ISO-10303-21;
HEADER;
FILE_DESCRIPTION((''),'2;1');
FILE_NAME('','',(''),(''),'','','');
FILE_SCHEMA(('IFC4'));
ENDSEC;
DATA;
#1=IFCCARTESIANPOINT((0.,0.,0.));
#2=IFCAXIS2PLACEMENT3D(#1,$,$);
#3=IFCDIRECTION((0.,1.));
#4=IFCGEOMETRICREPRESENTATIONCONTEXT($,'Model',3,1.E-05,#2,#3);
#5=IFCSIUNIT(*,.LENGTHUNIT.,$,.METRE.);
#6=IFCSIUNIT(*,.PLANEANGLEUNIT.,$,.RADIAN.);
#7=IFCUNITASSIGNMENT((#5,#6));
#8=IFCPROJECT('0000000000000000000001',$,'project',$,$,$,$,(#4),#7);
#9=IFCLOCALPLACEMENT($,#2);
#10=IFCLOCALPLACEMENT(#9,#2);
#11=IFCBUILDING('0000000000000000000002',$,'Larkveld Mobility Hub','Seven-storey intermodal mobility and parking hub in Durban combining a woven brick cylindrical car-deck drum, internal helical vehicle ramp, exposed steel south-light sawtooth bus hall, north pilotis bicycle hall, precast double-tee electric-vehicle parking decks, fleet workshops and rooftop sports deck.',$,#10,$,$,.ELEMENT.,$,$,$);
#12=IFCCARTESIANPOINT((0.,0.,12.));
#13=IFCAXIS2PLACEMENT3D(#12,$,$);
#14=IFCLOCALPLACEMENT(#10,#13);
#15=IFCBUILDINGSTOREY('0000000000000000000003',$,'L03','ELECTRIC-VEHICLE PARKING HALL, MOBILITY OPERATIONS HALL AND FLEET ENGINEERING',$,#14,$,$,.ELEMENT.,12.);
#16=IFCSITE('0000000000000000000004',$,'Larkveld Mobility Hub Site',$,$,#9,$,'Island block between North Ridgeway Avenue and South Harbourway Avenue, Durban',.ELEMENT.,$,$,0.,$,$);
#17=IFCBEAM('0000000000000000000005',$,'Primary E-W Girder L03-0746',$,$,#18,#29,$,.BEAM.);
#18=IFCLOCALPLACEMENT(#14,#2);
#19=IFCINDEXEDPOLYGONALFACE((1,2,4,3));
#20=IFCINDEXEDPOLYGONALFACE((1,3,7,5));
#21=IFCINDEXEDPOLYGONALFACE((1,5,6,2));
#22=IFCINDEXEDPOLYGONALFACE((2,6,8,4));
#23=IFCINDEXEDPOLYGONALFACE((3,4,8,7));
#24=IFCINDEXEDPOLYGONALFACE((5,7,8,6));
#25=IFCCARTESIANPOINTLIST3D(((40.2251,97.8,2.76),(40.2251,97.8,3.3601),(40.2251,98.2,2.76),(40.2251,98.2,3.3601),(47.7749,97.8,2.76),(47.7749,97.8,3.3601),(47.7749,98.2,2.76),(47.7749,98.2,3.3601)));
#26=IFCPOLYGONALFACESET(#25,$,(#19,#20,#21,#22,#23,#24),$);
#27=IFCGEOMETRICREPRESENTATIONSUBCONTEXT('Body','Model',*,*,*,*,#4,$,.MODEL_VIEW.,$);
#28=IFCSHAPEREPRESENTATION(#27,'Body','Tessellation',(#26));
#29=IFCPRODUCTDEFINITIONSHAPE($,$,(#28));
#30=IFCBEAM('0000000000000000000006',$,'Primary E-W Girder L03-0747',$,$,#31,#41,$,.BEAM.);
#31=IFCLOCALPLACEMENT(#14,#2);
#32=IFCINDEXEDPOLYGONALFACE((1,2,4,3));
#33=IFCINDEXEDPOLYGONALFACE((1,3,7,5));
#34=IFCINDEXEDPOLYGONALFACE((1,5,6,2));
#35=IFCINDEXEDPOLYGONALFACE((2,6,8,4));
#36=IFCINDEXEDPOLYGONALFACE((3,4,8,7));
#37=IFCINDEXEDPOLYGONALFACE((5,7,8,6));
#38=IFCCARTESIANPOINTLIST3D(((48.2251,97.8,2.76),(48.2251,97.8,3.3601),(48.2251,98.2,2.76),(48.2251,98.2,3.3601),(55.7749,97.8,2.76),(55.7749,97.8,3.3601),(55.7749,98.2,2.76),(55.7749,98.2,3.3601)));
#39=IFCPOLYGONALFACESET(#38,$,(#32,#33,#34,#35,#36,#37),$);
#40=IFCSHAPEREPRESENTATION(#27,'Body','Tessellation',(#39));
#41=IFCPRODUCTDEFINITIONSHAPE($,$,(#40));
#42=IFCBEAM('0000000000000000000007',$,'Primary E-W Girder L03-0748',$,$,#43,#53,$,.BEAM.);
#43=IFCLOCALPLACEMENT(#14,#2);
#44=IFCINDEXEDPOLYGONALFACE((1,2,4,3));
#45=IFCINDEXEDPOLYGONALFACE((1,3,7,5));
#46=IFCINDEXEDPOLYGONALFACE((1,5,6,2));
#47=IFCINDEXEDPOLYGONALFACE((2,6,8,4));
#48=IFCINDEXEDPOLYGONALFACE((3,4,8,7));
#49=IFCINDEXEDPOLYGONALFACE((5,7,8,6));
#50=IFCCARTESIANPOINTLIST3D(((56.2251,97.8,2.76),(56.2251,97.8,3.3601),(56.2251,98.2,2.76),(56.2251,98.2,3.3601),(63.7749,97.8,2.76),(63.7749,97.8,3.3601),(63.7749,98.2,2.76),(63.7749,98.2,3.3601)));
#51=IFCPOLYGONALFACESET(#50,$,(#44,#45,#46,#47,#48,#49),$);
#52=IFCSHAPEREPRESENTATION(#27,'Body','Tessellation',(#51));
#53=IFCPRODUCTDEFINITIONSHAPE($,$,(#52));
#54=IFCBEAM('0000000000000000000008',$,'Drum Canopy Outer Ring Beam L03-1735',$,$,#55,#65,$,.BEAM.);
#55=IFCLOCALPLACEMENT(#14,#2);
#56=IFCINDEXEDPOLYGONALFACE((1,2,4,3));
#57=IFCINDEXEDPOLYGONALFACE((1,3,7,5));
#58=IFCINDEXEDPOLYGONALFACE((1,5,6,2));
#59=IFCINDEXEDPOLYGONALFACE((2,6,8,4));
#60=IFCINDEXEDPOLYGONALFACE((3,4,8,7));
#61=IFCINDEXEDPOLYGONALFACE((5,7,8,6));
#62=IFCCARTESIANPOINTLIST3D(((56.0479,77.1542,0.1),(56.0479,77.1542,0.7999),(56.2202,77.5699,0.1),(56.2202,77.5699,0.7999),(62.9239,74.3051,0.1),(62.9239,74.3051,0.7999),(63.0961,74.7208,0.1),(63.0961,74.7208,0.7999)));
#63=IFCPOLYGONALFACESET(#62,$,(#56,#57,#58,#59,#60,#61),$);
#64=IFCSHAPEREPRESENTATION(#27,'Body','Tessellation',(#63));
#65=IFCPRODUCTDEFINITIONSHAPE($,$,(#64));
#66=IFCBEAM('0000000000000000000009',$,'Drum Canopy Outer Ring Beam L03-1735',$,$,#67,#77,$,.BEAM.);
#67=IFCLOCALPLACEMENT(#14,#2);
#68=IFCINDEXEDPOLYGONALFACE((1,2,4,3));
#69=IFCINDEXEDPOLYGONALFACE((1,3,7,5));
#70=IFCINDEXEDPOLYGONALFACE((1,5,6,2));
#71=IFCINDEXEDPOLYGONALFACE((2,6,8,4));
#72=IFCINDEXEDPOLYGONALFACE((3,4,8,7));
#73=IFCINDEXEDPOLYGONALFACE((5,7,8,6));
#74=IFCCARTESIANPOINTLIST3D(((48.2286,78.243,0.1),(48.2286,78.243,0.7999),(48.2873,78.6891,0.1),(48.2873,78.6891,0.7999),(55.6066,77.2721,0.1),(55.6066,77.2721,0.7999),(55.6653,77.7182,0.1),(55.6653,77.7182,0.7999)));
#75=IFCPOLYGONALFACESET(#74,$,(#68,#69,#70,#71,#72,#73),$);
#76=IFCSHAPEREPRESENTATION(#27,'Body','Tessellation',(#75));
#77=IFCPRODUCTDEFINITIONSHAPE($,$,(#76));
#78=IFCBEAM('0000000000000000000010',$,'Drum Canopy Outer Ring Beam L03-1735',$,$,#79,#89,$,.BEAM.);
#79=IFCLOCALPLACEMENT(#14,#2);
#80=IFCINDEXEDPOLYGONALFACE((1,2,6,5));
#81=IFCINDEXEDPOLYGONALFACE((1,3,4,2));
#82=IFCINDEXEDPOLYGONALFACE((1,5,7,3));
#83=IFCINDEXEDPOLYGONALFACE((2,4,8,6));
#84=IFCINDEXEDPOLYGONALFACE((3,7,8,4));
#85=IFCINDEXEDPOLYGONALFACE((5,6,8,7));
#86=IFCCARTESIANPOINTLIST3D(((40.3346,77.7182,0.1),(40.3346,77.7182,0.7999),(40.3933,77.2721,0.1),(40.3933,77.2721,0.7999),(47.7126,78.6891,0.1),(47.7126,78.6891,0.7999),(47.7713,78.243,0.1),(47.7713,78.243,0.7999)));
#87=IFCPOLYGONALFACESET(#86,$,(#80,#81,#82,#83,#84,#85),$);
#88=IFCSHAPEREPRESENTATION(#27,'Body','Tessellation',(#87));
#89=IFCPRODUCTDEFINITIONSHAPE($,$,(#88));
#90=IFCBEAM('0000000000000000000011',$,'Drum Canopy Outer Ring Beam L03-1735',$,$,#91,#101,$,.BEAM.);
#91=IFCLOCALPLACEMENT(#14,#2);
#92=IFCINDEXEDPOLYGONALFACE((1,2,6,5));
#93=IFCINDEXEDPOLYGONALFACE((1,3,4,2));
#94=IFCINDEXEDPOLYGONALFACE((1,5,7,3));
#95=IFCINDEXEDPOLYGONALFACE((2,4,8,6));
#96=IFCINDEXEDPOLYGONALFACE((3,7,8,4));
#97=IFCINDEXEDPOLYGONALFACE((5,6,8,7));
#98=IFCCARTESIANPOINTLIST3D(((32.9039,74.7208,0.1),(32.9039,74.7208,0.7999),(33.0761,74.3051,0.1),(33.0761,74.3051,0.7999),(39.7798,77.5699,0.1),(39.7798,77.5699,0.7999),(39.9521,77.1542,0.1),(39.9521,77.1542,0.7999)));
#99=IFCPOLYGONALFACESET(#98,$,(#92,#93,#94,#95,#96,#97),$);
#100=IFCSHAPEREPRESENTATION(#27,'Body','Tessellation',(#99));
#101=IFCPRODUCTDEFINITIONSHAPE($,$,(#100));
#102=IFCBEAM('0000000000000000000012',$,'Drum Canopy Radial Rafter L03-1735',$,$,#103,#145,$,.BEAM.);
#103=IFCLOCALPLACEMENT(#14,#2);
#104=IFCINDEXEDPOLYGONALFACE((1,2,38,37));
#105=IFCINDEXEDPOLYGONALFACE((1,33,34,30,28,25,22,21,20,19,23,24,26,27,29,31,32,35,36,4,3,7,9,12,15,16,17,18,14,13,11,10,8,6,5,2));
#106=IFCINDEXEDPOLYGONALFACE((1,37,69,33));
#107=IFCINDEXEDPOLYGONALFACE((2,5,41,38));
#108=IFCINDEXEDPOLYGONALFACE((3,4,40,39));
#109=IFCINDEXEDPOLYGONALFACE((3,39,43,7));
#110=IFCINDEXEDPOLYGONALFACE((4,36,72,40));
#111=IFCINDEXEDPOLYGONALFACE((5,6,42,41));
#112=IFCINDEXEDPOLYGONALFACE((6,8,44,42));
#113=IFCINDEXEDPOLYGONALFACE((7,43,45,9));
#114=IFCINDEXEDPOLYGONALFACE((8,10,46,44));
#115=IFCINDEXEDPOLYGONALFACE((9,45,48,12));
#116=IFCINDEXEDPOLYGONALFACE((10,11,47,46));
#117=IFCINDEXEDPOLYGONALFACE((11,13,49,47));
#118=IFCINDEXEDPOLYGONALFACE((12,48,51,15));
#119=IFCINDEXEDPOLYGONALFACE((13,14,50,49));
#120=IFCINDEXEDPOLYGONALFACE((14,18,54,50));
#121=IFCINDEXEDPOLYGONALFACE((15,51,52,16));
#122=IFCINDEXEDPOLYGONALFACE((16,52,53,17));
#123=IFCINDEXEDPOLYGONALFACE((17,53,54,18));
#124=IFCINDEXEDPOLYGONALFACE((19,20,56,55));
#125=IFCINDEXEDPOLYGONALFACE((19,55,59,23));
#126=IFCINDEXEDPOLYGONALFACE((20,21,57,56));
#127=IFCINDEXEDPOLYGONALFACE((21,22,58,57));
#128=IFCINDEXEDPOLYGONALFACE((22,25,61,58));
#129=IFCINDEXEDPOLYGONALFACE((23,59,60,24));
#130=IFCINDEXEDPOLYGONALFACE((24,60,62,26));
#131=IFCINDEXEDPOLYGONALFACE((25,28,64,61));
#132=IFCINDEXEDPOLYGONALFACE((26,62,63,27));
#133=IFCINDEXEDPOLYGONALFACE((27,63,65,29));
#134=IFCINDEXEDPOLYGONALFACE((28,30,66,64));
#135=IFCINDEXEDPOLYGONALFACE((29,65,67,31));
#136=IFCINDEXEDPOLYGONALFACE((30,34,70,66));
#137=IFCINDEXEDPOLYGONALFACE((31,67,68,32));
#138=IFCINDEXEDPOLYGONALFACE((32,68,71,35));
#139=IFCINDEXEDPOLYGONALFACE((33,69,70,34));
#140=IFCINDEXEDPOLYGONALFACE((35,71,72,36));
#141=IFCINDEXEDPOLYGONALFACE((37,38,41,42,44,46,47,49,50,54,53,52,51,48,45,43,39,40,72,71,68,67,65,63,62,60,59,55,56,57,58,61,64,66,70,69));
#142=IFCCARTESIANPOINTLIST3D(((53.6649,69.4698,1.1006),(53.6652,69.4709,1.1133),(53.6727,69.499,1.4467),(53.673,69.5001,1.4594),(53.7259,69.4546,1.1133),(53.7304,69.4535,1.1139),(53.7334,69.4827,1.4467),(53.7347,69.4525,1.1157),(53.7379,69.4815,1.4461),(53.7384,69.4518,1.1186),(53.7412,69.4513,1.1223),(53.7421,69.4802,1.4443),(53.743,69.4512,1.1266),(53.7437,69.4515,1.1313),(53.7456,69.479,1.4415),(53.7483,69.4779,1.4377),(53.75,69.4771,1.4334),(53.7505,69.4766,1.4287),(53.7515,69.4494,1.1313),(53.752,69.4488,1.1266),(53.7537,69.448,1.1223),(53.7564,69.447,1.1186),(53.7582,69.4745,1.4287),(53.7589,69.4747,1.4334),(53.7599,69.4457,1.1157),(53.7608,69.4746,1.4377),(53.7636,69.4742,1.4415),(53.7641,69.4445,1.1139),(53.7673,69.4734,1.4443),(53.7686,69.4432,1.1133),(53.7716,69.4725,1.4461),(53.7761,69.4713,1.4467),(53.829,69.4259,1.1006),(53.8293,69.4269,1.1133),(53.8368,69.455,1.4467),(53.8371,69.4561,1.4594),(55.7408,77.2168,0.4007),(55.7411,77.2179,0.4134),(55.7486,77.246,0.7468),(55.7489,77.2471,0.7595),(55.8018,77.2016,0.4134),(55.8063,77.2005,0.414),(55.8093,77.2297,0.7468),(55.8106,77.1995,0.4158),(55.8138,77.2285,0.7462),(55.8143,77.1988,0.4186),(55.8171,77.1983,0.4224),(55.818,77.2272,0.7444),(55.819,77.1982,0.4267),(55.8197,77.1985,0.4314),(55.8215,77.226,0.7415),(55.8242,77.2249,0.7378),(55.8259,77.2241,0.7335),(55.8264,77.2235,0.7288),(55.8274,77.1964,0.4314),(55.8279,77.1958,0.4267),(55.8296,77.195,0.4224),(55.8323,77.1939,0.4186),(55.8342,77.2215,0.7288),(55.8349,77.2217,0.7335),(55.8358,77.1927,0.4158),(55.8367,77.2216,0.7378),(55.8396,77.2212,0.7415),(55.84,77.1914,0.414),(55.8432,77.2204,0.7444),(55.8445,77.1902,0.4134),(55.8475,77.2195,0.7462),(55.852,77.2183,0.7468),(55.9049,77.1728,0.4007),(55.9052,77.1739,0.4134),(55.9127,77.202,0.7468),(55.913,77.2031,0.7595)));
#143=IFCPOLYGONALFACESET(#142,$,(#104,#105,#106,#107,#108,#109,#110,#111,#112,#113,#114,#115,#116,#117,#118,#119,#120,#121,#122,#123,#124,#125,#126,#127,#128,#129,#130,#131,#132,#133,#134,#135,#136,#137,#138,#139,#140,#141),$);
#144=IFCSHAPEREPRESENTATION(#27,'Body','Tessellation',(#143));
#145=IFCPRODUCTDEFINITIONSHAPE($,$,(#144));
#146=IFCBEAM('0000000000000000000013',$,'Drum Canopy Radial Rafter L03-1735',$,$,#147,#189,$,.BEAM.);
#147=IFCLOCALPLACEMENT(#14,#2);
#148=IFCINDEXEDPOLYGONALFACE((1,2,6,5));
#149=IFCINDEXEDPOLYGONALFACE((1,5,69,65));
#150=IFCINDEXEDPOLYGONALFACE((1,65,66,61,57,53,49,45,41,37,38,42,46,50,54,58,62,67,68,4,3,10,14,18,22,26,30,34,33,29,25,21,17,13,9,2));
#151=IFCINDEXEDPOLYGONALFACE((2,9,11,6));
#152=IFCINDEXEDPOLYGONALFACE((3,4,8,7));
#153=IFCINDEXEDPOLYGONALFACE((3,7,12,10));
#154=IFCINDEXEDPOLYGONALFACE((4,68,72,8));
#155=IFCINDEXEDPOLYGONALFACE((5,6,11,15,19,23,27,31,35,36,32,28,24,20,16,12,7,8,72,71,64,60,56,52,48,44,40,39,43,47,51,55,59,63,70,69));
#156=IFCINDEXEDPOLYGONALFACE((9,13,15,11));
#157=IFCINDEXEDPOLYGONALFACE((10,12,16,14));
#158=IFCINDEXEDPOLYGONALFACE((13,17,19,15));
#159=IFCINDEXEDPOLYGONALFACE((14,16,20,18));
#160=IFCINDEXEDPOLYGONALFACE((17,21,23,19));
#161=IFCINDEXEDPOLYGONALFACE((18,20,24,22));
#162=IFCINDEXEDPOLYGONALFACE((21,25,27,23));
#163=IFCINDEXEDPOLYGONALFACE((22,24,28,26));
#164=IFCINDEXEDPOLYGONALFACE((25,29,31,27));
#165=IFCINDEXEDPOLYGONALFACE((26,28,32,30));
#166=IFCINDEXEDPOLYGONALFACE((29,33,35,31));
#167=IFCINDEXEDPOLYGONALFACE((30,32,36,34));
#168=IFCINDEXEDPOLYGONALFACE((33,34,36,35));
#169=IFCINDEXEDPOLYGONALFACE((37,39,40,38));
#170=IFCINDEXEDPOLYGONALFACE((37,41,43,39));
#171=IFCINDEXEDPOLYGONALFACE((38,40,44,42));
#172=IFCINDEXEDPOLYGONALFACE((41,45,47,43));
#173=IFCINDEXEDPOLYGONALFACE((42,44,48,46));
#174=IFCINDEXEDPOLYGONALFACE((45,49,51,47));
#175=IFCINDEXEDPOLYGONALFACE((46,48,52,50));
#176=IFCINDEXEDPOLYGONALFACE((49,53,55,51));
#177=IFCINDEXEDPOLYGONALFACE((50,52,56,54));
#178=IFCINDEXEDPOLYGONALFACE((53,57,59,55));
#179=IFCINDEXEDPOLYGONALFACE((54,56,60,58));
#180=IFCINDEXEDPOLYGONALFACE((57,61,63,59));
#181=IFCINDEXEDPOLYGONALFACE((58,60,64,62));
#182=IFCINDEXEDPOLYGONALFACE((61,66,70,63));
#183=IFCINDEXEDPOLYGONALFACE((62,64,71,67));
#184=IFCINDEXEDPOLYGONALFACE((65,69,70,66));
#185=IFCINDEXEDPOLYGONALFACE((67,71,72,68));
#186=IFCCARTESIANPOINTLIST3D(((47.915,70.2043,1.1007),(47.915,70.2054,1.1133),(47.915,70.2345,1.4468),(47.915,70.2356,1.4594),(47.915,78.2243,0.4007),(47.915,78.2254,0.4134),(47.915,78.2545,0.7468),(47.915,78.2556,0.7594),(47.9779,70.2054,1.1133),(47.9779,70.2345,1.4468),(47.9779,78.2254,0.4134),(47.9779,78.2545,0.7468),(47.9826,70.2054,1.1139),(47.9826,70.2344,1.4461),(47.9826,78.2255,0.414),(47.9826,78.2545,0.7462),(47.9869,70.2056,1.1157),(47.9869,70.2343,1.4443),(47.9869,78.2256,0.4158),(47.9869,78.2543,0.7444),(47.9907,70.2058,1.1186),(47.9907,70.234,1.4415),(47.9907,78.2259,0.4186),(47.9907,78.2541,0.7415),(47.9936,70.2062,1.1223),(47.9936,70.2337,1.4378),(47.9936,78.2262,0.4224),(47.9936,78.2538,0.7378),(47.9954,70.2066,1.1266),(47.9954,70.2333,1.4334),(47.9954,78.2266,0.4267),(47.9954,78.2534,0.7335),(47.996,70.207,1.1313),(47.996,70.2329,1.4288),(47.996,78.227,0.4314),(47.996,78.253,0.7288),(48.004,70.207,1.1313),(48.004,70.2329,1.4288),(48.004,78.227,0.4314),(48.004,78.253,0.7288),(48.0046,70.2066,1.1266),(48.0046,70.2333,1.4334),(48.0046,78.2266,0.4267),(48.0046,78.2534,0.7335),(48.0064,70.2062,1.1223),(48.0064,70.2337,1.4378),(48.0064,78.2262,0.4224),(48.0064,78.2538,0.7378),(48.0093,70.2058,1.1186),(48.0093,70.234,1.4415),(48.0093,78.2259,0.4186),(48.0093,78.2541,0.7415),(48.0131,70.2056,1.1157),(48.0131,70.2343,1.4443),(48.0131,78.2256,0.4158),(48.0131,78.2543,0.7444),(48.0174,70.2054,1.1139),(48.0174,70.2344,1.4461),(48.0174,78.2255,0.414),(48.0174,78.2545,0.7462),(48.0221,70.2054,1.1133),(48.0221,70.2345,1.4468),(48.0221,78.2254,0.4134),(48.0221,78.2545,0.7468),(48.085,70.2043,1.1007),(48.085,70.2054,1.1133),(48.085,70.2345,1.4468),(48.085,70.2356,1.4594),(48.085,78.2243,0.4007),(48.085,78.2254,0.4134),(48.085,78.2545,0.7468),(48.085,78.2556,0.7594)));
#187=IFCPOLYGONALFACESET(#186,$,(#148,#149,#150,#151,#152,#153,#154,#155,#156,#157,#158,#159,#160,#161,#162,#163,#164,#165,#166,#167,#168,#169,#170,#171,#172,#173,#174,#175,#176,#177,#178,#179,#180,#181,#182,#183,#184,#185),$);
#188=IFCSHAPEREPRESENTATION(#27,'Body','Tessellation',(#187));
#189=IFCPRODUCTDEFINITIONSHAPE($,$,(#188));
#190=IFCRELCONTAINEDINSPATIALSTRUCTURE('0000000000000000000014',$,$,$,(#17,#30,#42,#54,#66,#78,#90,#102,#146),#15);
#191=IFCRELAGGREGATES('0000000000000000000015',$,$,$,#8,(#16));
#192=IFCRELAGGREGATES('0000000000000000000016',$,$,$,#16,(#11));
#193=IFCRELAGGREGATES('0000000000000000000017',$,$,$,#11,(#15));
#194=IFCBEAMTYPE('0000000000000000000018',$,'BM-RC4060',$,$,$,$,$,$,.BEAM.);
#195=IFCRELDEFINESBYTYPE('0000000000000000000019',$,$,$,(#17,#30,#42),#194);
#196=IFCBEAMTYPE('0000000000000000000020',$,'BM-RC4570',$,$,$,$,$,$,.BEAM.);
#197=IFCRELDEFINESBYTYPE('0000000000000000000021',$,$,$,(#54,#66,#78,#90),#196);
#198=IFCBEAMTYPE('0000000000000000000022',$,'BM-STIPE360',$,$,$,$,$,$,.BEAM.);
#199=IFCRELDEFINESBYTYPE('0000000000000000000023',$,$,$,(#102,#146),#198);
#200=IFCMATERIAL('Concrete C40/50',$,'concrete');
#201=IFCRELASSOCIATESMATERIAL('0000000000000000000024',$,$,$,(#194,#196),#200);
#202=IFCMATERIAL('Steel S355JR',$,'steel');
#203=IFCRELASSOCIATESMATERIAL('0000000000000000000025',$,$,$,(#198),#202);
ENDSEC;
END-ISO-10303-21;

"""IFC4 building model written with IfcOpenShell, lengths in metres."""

from ifc_helpers import new_model, si_unit, direction, frame, origin, origin_2d, place, context, subcontext, project, spatial, rectangle, i_section, extrude, material, material_profile, profile_set, type_object, element, save


model = new_model("IFC4")

# Units and contexts
model_context = context("Model", 3, precision=1e-05, world=origin(), true_north=direction((0.0, 1.0)))
body_context = subcontext(model_context, "Body", "Model", "MODEL_VIEW")
ifc_project = project(units=[si_unit("LENGTHUNIT", "METRE"), si_unit("PLANEANGLEUNIT", "RADIAN")], contexts=[model_context])

# Site, building, storey
site_placement = place(None, origin())
site = spatial("IfcSite", under=ifc_project, at=site_placement, Name="Larkveld Mobility Hub Site", LongName="Island block between North Ridgeway Avenue and South Harbourway Avenue, Durban", CompositionType="ELEMENT", RefElevation=0.0)
building_placement = place(site_placement, origin())
building = spatial("IfcBuilding", under=site, at=building_placement, Name="Larkveld Mobility Hub", Description="Seven-storey intermodal mobility and parking hub in Durban combining a woven brick cylindrical car-deck drum, internal helical vehicle ramp, exposed steel south-light sawtooth bus hall, north pilotis bicycle hall, precast double-tee electric-vehicle parking decks, fleet workshops and rooftop sports deck.", CompositionType="ELEMENT")
storey_placement = place(building_placement, frame((0.0, 0.0, 12.0)))
storey = spatial("IfcBuildingStorey", under=building, at=storey_placement, Name="L03", Description="ELECTRIC-VEHICLE PARKING HALL, MOBILITY OPERATIONS HALL AND FLEET ENGINEERING", CompositionType="ELEMENT", Elevation=12.0)

# Shared definitions
ifc_material_1 = material(Name="Concrete C40/50", Category="concrete")

# Beams
ifc_material_profile_1 = material_profile(ifc_material_1, rectangle(XDim=0.3999, YDim=0.6001, at=origin_2d()), Name="RC BM 400x600")
ifc_profile_set_1 = profile_set([ifc_material_profile_1], Name="Concrete C40/50")
beam_type_1 = type_object("IfcBeamType", Name="BM-RC4060", PredefinedType="BEAM", material=ifc_profile_set_1)
for number, where, z_axis, x_axis, name in (
    (1, (40.2251, 98.0, 3.0601), (1.0, 0.0, 0.0), (0.0, 1.0, 0.0), "Primary E-W Girder L03-0746"),
    (2, (48.2251, 98.0, 3.0601), (1.0, 0.0, 0.0), (0.0, 1.0, 0.0), "Primary E-W Girder L03-0747"),
    (3, (56.2251, 98.0, 3.0601), (1.0, 0.0, 0.0), (0.0, 1.0, 0.0), "Primary E-W Girder L03-0748"),
):
    element("IfcBeam", number, at=place(storey_placement, frame(where, z_axis=z_axis, x_axis=x_axis)), inside=storey, type_object=beam_type_1, Name=name, PredefinedType="BEAM", context=body_context, shape_type="SweptSolid", body=[
        extrude(rectangle(XDim=0.3999, YDim=0.6001, at=origin_2d()), origin(), (0.0, 0.0, 1.0), 7.5498),
    ])
ifc_material_profile_2 = material_profile(ifc_material_1, rectangle(XDim=0.45, YDim=0.7, at=origin_2d()), Name="RC BM 450x700")
ifc_profile_set_2 = profile_set([ifc_material_profile_2], Name="Concrete C40/50")
beam_type_2 = type_object("IfcBeamType", Name="BM-RC4570", PredefinedType="BEAM", material=ifc_profile_set_2)
beam_1_placement = place(storey_placement, frame((63.01, 74.5129, 0.45), z_axis=(-0.923832, 0.382798, 0.0), x_axis=(-0.382798, -0.923832, 0.0)))
element("IfcBeam", 4, at=beam_1_placement, inside=storey, type_object=beam_type_2, Name="Drum Canopy Outer Ring Beam L03-1735", PredefinedType="BEAM", context=body_context, shape_type="SweptSolid", body=[
    extrude(rectangle(XDim=0.45, YDim=0.7, at=origin_2d()), origin(), (0.0, 0.0, 1.0), 7.4429),
])
for number, where, z_axis, x_axis, name in (
    (5, (55.636, 77.4951, 0.45), (-0.991451, 0.130477, 0.0), (-0.130477, -0.991451, 0.0), "Drum Canopy Outer Ring Beam L03-1735"),
    (6, (47.7419, 78.4661, 0.45), (-0.991451, -0.130477, 0.0), (0.130477, -0.991451, 0.0), "Drum Canopy Outer Ring Beam L03-1735"),
):
    element("IfcBeam", number, at=place(storey_placement, frame(where, z_axis=z_axis, x_axis=x_axis)), inside=storey, type_object=beam_type_2, Name=name, PredefinedType="BEAM", context=body_context, shape_type="SweptSolid", body=[
        extrude(rectangle(XDim=0.45, YDim=0.7, at=origin_2d()), origin(), (0.0, 0.0, 1.0), 7.4417),
    ])
beam_2_placement = place(storey_placement, frame((39.866, 77.3621, 0.45), z_axis=(-0.923832, -0.382798, 0.0), x_axis=(0.382798, -0.923832, 0.0)))
element("IfcBeam", 7, at=beam_2_placement, inside=storey, type_object=beam_type_2, Name="Drum Canopy Outer Ring Beam L03-1735", PredefinedType="BEAM", context=body_context, shape_type="SweptSolid", body=[
    extrude(rectangle(XDim=0.45, YDim=0.7, at=origin_2d()), origin(), (0.0, 0.0, 1.0), 7.4429),
])
ifc_material_2 = material(Name="Steel S355JR", Category="steel")
ifc_material_profile_3 = material_profile(ifc_material_2, i_section(OverallWidth=0.1699, OverallDepth=0.3601, WebThickness=0.0081, FlangeThickness=0.0127, FilletRadius=0.0181, at=origin_2d()), Name="IPE 360")
ifc_profile_set_3 = profile_set([ifc_material_profile_3], Name="Steel S355JR")
beam_type_3 = type_object("IfcBeamType", Name="BM-STIPE360", PredefinedType="BEAM", material=ifc_profile_set_3)
beam_3_placement = place(storey_placement, frame((55.8269, 77.21, 0.5801), z_axis=(-0.257851, -0.962265, 0.086941), x_axis=(0.965923, -0.258831, 0.0)))
element("IfcBeam", 8, at=beam_3_placement, inside=storey, type_object=beam_type_3, Name="Drum Canopy Radial Rafter L03-1735", PredefinedType="BEAM", context=body_context, shape_type="SweptSolid", body=[
    extrude(i_section(OverallWidth=0.1699, OverallDepth=0.3601, WebThickness=0.0081, FlangeThickness=0.0127, FilletRadius=0.0181, at=origin_2d()), origin(), (0.0, 0.0, 1.0), 8.0508),
])
beam_4_placement = place(storey_placement, frame((48.0, 78.24, 0.5801), z_axis=(0.0, -0.996213, 0.086945), x_axis=(1.0, 0.0, 0.0)))
element("IfcBeam", 9, at=beam_4_placement, inside=storey, type_object=beam_type_3, Name="Drum Canopy Radial Rafter L03-1735", PredefinedType="BEAM", context=body_context, shape_type="SweptSolid", body=[
    extrude(i_section(OverallWidth=0.1699, OverallDepth=0.3601, WebThickness=0.0081, FlangeThickness=0.0127, FilletRadius=0.0181, at=origin_2d()), origin(), (0.0, 0.0, 1.0), 8.0505),
])

save(model, "model.ifc")
